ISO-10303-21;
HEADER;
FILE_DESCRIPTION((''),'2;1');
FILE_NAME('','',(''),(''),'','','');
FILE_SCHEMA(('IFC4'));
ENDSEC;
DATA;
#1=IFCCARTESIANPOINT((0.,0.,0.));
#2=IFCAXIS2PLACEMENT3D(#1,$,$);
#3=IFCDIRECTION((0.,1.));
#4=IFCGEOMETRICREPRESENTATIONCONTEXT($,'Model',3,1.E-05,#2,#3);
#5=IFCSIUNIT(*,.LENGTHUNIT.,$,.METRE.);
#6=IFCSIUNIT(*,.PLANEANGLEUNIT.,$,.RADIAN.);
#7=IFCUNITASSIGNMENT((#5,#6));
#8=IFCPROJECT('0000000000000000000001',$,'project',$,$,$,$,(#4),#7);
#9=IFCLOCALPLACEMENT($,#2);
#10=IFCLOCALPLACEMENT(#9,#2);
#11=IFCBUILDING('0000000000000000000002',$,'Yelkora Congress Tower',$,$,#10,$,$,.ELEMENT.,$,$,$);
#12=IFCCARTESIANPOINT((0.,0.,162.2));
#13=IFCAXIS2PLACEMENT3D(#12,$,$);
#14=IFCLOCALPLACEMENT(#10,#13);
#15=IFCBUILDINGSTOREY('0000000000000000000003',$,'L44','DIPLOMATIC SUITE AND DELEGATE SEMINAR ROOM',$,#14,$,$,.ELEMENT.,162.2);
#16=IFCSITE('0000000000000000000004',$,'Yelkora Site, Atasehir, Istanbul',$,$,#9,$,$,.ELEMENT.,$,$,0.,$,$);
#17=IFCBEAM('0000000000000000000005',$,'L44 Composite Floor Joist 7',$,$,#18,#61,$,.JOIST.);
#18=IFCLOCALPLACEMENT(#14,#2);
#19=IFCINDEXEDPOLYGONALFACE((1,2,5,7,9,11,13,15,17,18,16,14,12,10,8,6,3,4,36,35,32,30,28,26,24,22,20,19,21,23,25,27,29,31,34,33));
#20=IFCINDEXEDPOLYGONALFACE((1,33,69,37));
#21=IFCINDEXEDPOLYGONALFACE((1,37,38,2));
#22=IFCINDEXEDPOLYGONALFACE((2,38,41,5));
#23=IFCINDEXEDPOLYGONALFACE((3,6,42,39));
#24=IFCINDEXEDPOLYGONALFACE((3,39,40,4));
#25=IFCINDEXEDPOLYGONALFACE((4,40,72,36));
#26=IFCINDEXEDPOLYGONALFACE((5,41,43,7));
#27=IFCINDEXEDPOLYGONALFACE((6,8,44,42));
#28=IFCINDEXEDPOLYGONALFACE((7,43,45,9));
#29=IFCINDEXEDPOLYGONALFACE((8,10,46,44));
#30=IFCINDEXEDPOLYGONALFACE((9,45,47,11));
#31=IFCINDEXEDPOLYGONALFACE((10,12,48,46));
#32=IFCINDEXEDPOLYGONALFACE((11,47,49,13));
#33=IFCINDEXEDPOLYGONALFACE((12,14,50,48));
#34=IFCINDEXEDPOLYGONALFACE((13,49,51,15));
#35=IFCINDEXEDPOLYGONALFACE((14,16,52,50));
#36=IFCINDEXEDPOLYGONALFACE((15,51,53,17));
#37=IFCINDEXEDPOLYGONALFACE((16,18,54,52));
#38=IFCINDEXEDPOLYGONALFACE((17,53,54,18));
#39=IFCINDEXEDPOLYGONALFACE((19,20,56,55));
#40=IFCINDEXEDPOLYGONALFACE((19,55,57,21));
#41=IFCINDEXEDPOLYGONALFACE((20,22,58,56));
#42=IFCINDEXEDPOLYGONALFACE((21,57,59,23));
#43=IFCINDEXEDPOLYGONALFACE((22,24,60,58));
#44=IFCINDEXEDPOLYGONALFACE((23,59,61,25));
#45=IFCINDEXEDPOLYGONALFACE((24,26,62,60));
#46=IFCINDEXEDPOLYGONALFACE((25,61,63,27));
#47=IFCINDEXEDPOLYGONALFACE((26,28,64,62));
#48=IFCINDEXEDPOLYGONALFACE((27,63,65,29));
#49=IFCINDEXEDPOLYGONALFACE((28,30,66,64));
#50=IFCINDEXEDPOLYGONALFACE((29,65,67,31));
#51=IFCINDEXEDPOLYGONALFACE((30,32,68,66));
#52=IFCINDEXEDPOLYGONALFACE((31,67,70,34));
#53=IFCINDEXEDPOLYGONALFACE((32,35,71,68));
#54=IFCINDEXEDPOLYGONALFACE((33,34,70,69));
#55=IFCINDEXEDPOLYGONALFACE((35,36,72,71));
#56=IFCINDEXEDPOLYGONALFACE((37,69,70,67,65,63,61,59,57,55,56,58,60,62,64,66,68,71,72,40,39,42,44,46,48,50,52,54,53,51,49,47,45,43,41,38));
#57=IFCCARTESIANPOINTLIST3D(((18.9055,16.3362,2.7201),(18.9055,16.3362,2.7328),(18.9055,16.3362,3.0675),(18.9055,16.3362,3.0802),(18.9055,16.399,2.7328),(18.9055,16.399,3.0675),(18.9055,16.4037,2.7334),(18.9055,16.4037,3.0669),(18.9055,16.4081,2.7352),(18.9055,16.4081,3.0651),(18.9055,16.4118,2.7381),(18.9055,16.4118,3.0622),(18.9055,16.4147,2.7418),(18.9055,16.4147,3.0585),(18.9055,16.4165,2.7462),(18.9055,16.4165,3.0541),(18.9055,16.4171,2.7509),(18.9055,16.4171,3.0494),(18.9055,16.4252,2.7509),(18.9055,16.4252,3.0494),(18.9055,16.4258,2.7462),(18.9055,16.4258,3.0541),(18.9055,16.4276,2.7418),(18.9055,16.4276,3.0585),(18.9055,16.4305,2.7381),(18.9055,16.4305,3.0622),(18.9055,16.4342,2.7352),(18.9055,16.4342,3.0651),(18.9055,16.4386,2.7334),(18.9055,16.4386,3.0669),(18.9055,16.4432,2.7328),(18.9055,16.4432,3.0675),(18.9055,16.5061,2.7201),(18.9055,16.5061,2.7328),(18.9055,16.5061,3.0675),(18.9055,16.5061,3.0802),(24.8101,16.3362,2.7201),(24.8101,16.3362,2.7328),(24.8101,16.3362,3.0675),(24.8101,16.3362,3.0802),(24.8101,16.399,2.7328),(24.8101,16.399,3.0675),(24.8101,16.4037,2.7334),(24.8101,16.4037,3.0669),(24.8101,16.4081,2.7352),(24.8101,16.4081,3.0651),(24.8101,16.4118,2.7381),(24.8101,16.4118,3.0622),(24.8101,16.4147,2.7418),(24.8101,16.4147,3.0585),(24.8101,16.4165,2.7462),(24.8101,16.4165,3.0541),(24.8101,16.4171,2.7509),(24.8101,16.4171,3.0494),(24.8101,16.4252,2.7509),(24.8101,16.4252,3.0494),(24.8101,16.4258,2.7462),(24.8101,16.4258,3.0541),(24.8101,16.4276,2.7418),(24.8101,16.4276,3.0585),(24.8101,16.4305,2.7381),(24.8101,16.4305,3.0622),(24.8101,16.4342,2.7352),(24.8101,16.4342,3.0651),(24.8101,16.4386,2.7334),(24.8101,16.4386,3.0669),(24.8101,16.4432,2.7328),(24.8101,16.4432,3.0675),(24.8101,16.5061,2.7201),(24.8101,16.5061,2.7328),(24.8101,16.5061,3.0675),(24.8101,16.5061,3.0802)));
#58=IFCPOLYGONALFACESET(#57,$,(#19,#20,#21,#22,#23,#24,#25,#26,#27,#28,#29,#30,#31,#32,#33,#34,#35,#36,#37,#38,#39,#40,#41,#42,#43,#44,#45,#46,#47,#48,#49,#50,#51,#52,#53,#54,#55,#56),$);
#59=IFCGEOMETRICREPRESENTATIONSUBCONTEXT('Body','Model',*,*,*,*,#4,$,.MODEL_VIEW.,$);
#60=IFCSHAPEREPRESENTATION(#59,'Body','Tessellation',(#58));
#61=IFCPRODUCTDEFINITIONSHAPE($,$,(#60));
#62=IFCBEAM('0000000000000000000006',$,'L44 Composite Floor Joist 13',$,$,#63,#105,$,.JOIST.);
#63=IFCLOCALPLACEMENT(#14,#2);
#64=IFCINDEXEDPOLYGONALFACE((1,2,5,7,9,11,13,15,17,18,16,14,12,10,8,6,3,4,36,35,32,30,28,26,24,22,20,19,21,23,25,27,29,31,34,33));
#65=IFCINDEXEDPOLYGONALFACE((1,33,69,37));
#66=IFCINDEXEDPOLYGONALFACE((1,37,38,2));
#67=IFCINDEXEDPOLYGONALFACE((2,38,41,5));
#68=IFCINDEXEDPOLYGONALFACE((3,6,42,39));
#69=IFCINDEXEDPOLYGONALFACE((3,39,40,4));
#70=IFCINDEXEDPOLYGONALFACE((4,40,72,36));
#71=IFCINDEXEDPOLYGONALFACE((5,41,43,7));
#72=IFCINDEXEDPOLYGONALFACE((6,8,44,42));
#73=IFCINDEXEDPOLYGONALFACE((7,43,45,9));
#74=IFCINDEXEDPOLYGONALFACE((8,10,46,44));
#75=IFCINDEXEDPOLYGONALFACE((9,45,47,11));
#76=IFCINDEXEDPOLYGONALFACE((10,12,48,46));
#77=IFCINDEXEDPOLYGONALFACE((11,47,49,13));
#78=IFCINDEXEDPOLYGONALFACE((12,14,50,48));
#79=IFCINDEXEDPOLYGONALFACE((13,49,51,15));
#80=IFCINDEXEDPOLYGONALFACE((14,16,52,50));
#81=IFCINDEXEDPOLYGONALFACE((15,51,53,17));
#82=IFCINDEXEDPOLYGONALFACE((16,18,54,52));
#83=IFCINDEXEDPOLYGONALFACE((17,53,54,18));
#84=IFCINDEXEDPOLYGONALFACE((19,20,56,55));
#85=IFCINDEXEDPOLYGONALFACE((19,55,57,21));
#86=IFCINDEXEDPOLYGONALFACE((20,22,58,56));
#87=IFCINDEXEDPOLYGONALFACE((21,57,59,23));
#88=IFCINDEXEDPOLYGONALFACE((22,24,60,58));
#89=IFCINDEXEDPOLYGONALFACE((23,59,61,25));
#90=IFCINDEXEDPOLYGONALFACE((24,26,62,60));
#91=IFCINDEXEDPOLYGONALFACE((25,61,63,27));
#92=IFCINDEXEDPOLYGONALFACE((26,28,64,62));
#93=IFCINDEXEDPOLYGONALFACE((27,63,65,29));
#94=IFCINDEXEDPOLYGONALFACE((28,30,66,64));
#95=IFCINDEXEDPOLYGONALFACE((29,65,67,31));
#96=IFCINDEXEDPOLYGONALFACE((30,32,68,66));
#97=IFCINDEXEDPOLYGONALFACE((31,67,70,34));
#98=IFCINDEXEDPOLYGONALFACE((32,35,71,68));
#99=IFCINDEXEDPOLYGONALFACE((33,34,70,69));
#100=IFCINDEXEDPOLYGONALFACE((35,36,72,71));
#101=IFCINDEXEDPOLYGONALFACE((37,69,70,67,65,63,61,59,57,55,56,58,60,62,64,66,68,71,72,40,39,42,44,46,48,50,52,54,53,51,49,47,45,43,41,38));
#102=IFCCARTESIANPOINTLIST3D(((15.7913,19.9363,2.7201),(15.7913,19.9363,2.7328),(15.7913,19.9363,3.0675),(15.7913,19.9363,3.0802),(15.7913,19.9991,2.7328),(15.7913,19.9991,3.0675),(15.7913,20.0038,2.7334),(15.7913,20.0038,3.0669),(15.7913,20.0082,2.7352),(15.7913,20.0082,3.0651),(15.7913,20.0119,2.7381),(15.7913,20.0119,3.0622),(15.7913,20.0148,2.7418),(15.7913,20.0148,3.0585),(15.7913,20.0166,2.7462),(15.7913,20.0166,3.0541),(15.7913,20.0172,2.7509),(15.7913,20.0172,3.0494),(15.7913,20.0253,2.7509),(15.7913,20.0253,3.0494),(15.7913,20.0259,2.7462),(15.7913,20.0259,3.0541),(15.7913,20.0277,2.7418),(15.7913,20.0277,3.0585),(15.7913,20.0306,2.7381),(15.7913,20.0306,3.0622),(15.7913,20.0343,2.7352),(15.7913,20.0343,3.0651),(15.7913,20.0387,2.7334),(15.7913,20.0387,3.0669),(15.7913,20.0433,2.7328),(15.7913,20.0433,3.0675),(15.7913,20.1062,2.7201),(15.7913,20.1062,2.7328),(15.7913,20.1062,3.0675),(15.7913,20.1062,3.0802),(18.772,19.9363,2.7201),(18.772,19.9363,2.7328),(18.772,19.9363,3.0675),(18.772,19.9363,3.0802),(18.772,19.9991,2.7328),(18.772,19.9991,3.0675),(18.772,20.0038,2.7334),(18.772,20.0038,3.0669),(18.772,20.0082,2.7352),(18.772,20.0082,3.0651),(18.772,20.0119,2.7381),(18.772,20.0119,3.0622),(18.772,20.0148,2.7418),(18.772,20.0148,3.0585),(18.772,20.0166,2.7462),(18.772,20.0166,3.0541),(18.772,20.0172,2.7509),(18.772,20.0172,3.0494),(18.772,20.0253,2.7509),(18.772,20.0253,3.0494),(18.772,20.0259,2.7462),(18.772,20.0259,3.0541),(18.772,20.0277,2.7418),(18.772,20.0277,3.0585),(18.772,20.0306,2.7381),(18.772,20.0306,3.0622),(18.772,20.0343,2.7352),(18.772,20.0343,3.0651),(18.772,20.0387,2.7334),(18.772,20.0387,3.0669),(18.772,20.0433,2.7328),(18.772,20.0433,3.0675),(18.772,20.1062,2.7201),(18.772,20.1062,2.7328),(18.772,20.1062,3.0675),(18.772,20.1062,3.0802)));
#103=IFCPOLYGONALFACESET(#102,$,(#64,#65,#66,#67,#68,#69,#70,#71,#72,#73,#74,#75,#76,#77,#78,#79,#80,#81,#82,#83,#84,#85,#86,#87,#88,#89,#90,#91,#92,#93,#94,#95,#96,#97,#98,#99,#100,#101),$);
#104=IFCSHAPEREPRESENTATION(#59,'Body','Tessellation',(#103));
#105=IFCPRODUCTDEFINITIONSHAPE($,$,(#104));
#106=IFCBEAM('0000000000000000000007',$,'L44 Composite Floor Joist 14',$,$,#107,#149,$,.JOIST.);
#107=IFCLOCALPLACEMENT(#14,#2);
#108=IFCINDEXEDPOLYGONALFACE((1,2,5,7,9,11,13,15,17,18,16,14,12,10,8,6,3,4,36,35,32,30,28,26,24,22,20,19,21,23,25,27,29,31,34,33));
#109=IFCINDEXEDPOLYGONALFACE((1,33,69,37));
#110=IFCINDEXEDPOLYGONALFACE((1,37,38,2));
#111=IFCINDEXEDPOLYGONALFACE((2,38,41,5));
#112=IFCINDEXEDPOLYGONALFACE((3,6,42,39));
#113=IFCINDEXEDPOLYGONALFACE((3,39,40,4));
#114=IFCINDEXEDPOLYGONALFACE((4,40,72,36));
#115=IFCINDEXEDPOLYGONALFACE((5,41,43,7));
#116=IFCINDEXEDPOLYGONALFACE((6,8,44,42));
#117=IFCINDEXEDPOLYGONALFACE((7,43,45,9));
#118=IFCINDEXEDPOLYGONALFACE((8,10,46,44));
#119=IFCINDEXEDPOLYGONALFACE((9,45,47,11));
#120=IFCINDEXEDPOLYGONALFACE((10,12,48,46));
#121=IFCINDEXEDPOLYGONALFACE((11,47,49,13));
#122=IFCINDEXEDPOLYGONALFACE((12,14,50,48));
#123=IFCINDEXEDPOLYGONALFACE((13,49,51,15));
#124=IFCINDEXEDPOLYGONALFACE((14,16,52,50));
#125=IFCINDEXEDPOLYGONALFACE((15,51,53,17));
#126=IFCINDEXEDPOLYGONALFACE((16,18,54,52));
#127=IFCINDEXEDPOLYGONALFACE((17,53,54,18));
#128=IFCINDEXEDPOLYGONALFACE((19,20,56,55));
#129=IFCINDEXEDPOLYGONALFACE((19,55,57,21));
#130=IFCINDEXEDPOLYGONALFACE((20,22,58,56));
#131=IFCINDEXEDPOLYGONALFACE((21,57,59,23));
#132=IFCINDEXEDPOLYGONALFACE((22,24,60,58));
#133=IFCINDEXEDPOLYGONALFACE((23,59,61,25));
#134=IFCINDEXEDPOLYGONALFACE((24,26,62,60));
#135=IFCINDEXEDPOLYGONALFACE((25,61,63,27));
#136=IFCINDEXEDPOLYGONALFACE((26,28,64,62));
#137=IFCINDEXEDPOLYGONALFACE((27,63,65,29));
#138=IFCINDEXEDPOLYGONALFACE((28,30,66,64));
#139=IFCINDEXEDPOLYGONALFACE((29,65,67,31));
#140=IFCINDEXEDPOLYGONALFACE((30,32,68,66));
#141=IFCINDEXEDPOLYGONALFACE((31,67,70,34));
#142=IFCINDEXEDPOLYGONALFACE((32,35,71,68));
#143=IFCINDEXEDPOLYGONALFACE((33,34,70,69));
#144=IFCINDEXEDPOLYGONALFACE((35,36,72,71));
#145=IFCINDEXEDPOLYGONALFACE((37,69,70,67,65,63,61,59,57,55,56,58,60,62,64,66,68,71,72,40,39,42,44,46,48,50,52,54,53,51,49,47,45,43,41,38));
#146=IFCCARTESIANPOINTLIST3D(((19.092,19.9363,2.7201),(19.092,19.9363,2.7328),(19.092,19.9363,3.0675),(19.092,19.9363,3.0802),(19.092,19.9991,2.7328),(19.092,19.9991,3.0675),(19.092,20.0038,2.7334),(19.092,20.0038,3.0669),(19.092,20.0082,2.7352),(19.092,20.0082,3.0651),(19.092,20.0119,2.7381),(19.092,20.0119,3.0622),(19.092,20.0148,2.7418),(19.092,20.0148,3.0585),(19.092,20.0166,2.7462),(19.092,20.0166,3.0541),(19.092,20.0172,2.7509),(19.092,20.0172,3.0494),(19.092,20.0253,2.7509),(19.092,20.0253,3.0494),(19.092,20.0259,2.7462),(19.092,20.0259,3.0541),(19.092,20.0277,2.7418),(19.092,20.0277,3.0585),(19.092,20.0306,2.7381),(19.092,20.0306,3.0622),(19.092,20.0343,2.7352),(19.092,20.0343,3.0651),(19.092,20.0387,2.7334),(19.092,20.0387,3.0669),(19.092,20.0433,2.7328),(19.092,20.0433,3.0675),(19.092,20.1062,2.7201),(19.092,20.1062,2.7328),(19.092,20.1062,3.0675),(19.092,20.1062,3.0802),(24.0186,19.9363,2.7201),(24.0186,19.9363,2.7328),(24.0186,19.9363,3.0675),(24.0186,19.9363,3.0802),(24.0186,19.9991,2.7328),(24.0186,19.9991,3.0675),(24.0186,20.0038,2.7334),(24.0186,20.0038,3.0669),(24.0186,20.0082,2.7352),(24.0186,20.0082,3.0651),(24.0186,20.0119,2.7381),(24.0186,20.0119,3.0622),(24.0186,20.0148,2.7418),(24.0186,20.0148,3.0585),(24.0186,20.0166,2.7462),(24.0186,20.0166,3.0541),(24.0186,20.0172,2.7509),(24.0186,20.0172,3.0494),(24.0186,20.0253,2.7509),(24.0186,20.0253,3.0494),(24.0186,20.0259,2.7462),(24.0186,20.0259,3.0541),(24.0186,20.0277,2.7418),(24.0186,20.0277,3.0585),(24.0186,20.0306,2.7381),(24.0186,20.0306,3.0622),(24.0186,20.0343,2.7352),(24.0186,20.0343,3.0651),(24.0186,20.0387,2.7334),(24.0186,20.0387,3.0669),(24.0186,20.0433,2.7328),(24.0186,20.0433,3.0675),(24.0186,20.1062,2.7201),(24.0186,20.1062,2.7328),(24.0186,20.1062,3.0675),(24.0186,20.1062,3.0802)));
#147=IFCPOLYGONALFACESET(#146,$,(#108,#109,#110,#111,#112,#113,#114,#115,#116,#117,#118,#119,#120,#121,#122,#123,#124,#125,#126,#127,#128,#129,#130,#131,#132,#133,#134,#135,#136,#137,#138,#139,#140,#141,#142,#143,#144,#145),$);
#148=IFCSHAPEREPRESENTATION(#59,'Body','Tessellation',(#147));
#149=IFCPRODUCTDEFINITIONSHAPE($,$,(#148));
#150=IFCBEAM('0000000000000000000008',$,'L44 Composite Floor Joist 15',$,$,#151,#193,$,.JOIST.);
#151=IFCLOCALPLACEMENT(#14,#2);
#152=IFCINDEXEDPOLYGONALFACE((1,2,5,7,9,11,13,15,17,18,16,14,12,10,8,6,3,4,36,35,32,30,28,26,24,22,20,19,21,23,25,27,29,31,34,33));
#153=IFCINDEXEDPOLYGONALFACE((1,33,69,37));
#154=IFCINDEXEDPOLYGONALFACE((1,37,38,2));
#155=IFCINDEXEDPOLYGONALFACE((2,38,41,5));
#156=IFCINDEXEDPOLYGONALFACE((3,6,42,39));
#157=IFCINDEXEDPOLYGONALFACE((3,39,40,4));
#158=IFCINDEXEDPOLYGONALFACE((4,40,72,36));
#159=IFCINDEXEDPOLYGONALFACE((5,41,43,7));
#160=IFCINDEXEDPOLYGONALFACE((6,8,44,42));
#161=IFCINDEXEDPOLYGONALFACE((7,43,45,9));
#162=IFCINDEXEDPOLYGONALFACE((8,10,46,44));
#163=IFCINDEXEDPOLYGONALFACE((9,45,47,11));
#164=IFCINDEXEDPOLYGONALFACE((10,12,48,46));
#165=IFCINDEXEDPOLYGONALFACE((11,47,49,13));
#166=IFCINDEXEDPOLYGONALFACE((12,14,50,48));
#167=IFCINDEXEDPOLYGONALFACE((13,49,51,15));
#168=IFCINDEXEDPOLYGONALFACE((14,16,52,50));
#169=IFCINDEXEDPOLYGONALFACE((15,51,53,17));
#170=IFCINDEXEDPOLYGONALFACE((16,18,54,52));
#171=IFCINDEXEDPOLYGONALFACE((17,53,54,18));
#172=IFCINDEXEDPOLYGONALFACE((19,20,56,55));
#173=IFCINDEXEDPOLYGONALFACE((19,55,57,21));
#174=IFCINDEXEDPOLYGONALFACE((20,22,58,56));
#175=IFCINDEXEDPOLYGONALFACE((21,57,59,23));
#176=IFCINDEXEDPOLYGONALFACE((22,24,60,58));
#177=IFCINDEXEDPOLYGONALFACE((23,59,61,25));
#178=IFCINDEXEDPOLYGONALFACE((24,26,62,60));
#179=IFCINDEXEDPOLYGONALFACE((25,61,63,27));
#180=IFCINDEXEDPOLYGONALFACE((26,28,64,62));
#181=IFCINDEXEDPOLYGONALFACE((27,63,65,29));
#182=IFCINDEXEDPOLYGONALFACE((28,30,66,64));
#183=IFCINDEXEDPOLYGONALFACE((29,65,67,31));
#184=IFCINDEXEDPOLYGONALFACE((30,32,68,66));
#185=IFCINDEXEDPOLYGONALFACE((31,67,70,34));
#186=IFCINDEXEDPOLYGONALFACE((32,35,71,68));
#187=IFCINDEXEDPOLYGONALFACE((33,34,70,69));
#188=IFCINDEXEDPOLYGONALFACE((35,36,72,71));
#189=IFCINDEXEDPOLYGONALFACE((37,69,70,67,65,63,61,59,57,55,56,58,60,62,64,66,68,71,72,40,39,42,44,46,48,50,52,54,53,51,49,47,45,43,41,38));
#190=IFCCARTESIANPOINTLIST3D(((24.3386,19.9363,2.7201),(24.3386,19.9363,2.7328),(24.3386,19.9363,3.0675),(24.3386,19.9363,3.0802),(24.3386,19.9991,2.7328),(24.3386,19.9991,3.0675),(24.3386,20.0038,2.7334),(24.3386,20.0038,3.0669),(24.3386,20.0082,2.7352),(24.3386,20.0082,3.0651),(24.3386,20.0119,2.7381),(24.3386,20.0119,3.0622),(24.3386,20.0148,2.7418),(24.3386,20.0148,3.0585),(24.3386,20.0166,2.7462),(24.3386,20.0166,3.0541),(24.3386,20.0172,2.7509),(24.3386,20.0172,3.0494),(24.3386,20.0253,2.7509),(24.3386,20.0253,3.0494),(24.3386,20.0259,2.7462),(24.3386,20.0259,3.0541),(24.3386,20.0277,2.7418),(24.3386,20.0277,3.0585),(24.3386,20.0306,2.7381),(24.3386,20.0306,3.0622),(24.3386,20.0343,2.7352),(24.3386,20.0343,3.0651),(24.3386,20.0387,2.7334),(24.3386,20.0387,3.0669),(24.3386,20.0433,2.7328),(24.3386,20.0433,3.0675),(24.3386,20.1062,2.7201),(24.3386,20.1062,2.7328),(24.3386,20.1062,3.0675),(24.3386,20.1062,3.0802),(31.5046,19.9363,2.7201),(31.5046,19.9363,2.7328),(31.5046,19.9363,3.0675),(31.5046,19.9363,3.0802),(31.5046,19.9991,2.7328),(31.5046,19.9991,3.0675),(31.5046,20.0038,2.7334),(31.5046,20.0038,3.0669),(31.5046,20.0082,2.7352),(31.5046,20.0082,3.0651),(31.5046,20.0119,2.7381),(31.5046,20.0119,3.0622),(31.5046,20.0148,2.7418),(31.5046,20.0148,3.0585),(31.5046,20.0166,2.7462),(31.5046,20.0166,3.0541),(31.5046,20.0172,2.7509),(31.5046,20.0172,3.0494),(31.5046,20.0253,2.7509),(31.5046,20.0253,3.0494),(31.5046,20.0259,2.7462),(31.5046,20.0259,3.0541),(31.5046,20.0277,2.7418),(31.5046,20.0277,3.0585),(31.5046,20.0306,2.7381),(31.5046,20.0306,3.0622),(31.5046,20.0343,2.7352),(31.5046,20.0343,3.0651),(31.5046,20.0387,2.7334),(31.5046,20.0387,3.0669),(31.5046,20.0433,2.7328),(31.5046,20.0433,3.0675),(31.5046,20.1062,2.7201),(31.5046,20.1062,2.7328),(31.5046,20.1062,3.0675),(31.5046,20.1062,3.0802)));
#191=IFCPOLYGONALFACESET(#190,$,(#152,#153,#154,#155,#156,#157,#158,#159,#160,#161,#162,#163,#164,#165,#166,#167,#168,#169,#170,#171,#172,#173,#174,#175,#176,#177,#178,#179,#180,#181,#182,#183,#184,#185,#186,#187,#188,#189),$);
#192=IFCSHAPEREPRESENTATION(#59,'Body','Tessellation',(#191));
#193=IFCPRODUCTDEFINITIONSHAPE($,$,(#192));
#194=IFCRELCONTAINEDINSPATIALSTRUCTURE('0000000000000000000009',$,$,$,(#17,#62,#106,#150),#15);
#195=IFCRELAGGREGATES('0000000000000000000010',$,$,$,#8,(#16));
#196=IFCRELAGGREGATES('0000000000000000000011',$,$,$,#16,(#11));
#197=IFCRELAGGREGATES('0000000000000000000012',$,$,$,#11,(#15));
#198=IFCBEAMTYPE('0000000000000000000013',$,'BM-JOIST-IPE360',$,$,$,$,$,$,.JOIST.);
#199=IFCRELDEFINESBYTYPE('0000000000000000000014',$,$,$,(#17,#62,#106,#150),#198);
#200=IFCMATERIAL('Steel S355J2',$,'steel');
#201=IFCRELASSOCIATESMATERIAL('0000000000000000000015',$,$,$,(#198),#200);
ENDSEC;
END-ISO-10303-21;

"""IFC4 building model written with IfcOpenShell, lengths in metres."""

from ifc_helpers import new_model, si_unit, direction, frame, origin, origin_2d, place, context, subcontext, project, spatial, i_section, extrude, material, material_profile, profile_set, type_object, element, save


model = new_model("IFC4")

# Units and contexts
model_context = context("Model", 3, precision=1e-05, world=origin(), true_north=direction((0.0, 1.0)))
body_context = subcontext(model_context, "Body", "Model", "MODEL_VIEW")
ifc_project = project(units=[si_unit("LENGTHUNIT", "METRE"), si_unit("PLANEANGLEUNIT", "RADIAN")], contexts=[model_context])

# Site, building, storey
site_placement = place(None, origin())
site = spatial("IfcSite", under=ifc_project, at=site_placement, Name="Yelkora Site, Atasehir, Istanbul", CompositionType="ELEMENT", RefElevation=0.0)
building_placement = place(site_placement, origin())
building = spatial("IfcBuilding", under=site, at=building_placement, Name="Yelkora Congress Tower", CompositionType="ELEMENT")
storey_placement = place(building_placement, frame((0.0, 0.0, 162.2)))
storey = spatial("IfcBuildingStorey", under=building, at=storey_placement, Name="L44", Description="DIPLOMATIC SUITE AND DELEGATE SEMINAR ROOM", CompositionType="ELEMENT", Elevation=162.2)

# Beams
ifc_material_1 = material(Name="Steel S355J2", Category="steel")
ifc_material_profile_1 = material_profile(ifc_material_1, i_section(OverallWidth=0.1699, OverallDepth=0.3601, WebThickness=0.0081, FlangeThickness=0.0127, FilletRadius=0.0181, at=origin_2d()), Name="IPE 360")
ifc_profile_set_1 = profile_set([ifc_material_profile_1], Name="Steel S355J2")
beam_type_1 = type_object("IfcBeamType", Name="BM-JOIST-IPE360", PredefinedType="JOIST", material=ifc_profile_set_1)
beam_1_placement = place(storey_placement, frame((18.9055, 16.4211, 2.9001), z_axis=(1.0, 0.0, 0.0), x_axis=(0.0, 1.0, 0.0)))
element("IfcBeam", 1, at=beam_1_placement, inside=storey, type_object=beam_type_1, Name="L44 Composite Floor Joist 7", PredefinedType="JOIST", context=body_context, shape_type="SweptSolid", body=[
    extrude(i_section(OverallWidth=0.1699, OverallDepth=0.3601, WebThickness=0.0081, FlangeThickness=0.0127, FilletRadius=0.0181, at=origin_2d()), origin(), (0.0, 0.0, 1.0), 5.9045),
])
beam_2_placement = place(storey_placement, frame((15.7913, 20.0212, 2.9001), z_axis=(1.0, 0.0, 0.0), x_axis=(0.0, 1.0, 0.0)))
element("IfcBeam", 2, at=beam_2_placement, inside=storey, type_object=beam_type_1, Name="L44 Composite Floor Joist 13", PredefinedType="JOIST", context=body_context, shape_type="SweptSolid", body=[
    extrude(i_section(OverallWidth=0.1699, OverallDepth=0.3601, WebThickness=0.0081, FlangeThickness=0.0127, FilletRadius=0.0181, at=origin_2d()), origin(), (0.0, 0.0, 1.0), 2.9807),
])
beam_3_placement = place(storey_placement, frame((19.092, 20.0212, 2.9001), z_axis=(1.0, 0.0, 0.0), x_axis=(0.0, 1.0, 0.0)))
element("IfcBeam", 3, at=beam_3_placement, inside=storey, type_object=beam_type_1, Name="L44 Composite Floor Joist 14", PredefinedType="JOIST", context=body_context, shape_type="SweptSolid", body=[
    extrude(i_section(OverallWidth=0.1699, OverallDepth=0.3601, WebThickness=0.0081, FlangeThickness=0.0127, FilletRadius=0.0181, at=origin_2d()), origin(), (0.0, 0.0, 1.0), 4.9265),
])
beam_4_placement = place(storey_placement, frame((24.3386, 20.0212, 2.9001), z_axis=(1.0, 0.0, 0.0), x_axis=(0.0, 1.0, 0.0)))
element("IfcBeam", 4, at=beam_4_placement, inside=storey, type_object=beam_type_1, Name="L44 Composite Floor Joist 15", PredefinedType="JOIST", context=body_context, shape_type="SweptSolid", body=[
    extrude(i_section(OverallWidth=0.1699, OverallDepth=0.3601, WebThickness=0.0081, FlangeThickness=0.0127, FilletRadius=0.0181, at=origin_2d()), origin(), (0.0, 0.0, 1.0), 7.166),
])

save(model, "model.ifc")
